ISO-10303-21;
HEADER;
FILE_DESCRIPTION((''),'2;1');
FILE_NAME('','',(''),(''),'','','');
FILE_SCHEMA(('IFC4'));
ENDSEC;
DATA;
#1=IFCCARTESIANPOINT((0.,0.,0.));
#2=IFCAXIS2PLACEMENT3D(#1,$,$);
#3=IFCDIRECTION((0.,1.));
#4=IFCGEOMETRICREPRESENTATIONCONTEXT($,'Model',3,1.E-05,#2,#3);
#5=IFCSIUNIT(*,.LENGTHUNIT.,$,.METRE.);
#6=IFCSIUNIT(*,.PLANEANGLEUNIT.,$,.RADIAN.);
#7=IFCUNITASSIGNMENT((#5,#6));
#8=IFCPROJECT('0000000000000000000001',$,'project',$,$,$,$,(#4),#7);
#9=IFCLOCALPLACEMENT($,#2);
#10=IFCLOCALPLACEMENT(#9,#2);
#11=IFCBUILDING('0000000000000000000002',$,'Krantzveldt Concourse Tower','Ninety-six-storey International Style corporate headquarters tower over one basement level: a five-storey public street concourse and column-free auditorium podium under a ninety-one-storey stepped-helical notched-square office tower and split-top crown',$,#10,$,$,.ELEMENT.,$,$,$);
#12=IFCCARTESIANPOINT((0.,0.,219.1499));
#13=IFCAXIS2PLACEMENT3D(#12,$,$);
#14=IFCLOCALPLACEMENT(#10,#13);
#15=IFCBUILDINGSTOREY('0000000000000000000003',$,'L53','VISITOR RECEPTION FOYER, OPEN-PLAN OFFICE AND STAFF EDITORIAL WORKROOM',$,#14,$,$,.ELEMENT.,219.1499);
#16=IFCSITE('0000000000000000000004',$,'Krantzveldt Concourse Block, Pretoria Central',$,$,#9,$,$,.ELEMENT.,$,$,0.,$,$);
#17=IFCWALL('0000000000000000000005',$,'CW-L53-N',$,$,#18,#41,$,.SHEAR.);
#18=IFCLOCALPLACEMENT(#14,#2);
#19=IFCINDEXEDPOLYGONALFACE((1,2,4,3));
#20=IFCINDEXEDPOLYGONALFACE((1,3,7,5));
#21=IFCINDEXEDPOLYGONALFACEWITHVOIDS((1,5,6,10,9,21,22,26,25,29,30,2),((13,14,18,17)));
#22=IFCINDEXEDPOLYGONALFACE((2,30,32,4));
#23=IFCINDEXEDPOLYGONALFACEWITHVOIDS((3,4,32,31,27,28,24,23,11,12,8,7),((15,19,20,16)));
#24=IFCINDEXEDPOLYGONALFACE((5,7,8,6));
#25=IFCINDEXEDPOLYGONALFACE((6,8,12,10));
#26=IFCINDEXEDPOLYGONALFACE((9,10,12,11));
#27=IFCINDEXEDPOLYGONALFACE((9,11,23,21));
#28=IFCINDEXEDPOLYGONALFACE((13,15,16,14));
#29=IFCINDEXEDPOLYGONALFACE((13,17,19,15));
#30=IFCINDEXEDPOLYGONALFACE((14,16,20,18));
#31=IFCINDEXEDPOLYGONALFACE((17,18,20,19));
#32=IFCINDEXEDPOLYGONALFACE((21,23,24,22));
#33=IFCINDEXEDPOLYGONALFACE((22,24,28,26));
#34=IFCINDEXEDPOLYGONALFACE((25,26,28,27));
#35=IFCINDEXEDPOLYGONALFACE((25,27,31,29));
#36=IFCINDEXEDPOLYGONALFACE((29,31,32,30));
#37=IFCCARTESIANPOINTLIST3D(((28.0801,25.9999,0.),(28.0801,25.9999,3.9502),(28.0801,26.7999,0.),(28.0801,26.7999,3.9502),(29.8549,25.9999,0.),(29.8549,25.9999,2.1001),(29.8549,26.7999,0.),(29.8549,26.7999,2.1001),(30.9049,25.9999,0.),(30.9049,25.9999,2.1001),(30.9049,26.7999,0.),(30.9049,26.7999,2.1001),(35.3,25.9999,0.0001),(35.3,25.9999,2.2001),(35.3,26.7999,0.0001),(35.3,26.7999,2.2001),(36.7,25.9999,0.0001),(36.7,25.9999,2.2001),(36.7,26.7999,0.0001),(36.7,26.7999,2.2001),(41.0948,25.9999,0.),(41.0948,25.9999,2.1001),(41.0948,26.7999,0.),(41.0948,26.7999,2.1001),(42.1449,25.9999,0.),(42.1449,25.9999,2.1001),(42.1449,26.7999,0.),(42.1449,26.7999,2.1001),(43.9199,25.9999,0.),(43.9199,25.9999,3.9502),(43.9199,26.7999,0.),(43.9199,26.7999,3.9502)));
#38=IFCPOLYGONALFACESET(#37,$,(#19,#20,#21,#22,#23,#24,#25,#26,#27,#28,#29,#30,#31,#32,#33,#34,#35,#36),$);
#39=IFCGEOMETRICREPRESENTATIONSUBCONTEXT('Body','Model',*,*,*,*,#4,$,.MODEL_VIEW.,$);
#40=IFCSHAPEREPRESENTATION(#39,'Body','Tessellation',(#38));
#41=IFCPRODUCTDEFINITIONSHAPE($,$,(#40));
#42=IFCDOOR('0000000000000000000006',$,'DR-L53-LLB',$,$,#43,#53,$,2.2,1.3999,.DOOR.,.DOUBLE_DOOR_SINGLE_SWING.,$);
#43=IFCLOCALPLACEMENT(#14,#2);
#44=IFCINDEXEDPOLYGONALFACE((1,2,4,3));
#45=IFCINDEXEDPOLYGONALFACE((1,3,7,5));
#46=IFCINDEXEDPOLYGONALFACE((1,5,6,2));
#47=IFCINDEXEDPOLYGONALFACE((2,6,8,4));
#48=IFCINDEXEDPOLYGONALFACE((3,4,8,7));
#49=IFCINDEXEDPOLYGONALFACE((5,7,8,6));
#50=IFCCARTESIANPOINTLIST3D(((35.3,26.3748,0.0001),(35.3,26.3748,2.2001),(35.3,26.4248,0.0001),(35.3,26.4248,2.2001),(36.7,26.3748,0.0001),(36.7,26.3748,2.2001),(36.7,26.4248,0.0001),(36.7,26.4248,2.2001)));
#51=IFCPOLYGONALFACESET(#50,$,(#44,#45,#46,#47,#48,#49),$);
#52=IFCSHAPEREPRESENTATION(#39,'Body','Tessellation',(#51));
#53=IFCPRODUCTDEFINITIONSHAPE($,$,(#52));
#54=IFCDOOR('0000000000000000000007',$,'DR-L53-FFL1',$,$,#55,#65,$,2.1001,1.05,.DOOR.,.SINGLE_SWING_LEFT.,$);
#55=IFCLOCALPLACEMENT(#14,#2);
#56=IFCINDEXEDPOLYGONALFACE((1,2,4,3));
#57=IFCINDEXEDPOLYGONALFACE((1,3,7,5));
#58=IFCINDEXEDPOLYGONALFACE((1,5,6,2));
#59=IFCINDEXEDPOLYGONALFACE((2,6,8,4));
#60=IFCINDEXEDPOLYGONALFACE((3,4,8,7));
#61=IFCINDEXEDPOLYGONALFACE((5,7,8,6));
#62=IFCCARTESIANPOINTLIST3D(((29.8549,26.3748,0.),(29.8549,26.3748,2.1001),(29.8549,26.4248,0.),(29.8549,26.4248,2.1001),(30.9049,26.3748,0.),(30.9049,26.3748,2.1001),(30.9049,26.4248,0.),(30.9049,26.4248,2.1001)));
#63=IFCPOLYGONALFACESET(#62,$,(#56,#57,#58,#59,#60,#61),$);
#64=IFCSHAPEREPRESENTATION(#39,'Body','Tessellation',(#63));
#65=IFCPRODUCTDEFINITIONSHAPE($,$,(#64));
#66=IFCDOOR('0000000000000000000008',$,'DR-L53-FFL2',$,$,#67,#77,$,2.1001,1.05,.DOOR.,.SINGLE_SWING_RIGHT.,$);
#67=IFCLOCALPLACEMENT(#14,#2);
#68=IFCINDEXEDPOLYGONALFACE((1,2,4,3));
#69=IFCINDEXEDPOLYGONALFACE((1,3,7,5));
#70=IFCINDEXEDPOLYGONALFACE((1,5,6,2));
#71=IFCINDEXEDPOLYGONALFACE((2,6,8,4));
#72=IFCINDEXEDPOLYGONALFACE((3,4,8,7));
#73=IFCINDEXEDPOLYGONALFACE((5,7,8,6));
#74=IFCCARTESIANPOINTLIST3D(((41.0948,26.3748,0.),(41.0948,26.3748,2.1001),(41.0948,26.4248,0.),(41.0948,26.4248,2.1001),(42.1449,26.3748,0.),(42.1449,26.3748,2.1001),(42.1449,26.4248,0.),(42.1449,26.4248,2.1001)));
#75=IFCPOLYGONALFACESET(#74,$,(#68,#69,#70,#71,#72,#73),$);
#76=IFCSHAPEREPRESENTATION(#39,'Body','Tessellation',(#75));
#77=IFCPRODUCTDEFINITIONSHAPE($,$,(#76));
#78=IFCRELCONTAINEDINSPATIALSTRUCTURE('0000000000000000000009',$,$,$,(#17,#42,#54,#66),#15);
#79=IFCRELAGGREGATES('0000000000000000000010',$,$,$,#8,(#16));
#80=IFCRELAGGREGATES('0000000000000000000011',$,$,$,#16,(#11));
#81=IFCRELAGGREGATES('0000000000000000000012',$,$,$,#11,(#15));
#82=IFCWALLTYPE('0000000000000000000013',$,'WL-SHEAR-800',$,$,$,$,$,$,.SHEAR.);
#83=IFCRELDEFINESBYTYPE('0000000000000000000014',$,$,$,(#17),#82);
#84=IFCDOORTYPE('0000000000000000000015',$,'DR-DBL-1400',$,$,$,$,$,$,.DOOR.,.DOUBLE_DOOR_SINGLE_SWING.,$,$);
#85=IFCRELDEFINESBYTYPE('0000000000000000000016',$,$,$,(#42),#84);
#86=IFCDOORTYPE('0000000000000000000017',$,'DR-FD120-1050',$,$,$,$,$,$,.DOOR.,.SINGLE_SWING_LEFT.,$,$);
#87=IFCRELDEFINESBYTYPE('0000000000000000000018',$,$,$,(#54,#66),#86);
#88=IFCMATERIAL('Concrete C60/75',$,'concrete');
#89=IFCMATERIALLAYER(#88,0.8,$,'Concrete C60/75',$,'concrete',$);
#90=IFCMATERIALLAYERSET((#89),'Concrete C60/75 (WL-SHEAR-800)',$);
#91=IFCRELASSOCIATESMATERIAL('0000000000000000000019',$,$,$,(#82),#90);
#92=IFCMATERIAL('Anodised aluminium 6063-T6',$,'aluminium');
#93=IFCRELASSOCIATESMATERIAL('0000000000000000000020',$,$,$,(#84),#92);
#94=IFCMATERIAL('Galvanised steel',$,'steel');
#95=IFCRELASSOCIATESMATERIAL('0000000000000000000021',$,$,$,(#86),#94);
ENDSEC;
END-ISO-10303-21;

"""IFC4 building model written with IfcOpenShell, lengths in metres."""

from ifc_helpers import new_model, si_unit, direction, frame, frame_2d, origin, place, context, subcontext, project, spatial, rectangle, extrude, material, layer, layer_set, type_object, element, fill, save


model = new_model("IFC4")

# Units and contexts
model_context = context("Model", 3, precision=1e-05, world=origin(), true_north=direction((0.0, 1.0)))
body_context = subcontext(model_context, "Body", "Model", "MODEL_VIEW")
ifc_project = project(units=[si_unit("LENGTHUNIT", "METRE"), si_unit("PLANEANGLEUNIT", "RADIAN")], contexts=[model_context])

# Site, building, storey
site_placement = place(None, origin())
site = spatial("IfcSite", under=ifc_project, at=site_placement, Name="Krantzveldt Concourse Block, Pretoria Central", CompositionType="ELEMENT", RefElevation=0.0)
building_placement = place(site_placement, origin())
building = spatial("IfcBuilding", under=site, at=building_placement, Name="Krantzveldt Concourse Tower", Description="Ninety-six-storey International Style corporate headquarters tower over one basement level: a five-storey public street concourse and column-free auditorium podium under a ninety-one-storey stepped-helical notched-square office tower and split-top crown", CompositionType="ELEMENT")
storey_placement = place(building_placement, frame((0.0, 0.0, 219.1499)))
storey = spatial("IfcBuildingStorey", under=building, at=storey_placement, Name="L53", Description="VISITOR RECEPTION FOYER, OPEN-PLAN OFFICE AND STAFF EDITORIAL WORKROOM", CompositionType="ELEMENT", Elevation=219.1499)

# Wall, openings, doors
ifc_material_1 = material(Name="Concrete C60/75", Category="concrete")
ifc_layer_1 = layer(ifc_material_1, 0.8, Name="Concrete C60/75", Category="concrete")
ifc_layer_set_1 = layer_set([ifc_layer_1], Name="Concrete C60/75 (WL-SHEAR-800)")
wall_type_1 = type_object("IfcWallType", Name="WL-SHEAR-800", PredefinedType="SHEAR", material=ifc_layer_set_1)
wall_1_placement = place(storey_placement, frame((28.0801, 26.3999, 0.0), z_axis=(0.0, 0.0, 1.0), x_axis=(1.0, 0.0, 0.0)))
wall_1 = element("IfcWall", 1, at=wall_1_placement, inside=storey, type_object=wall_type_1, Name="CW-L53-N", PredefinedType="SHEAR", context=body_context, shape_type="SweptSolid", body=[
    extrude(rectangle(XDim=15.8398, YDim=0.8, at=frame_2d((7.9199, 0.0))), origin(), (0.0, 0.0, 1.0), 3.9502),
])
opening_1_placement = place(wall_1_placement, frame((7.22, 0.0, 0.0)))
opening_1 = element("IfcOpeningElement", 2, at=opening_1_placement, cuts=wall_1, PredefinedType="OPENING", context=body_context, shape_type="SweptSolid", body=[
    extrude(rectangle(XDim=1.3999, YDim=2.2, at=frame_2d((0.7, 1.1001))), frame((0.0, 0.4102, 0.0), z_axis=(0.0, -1.0, 0.0), x_axis=(1.0, 0.0, 0.0)), (0.0, 0.0, 1.0), 0.8201),
])
opening_2_placement = place(wall_1_placement, frame((1.7749, 0.0, 0.0)))
opening_2 = element("IfcOpeningElement", 3, at=opening_2_placement, cuts=wall_1, PredefinedType="OPENING", context=body_context, shape_type="SweptSolid", body=[
    extrude(rectangle(XDim=1.05, YDim=2.1001, at=frame_2d((0.5249, 1.05))), frame((0.0, 0.4102, 0.0), z_axis=(0.0, -1.0, 0.0), x_axis=(1.0, 0.0, 0.0)), (0.0, 0.0, 1.0), 0.8201),
])
opening_3_placement = place(wall_1_placement, frame((13.0149, 0.0, 0.0)))
opening_3 = element("IfcOpeningElement", 4, at=opening_3_placement, cuts=wall_1, PredefinedType="OPENING", context=body_context, shape_type="SweptSolid", body=[
    extrude(rectangle(XDim=1.05, YDim=2.1001, at=frame_2d((0.5249, 1.05))), frame((0.0, 0.4102, 0.0), z_axis=(0.0, -1.0, 0.0), x_axis=(1.0, 0.0, 0.0)), (0.0, 0.0, 1.0), 0.8201),
])
ifc_material_2 = material(Name="Anodised aluminium 6063-T6", Category="aluminium")
door_type_1 = type_object("IfcDoorType", Name="DR-DBL-1400", OperationType="DOUBLE_DOOR_SINGLE_SWING", PredefinedType="DOOR", material=ifc_material_2)
door_1_placement = place(opening_1_placement, origin())
door_1 = element("IfcDoor", 5, at=door_1_placement, inside=storey, type_object=door_type_1, Name="DR-L53-LLB", OperationType="DOUBLE_DOOR_SINGLE_SWING", OverallHeight=2.2, OverallWidth=1.3999, PredefinedType="DOOR", context=body_context, shape_type="SweptSolid", body=[
    extrude(rectangle(XDim=1.3999, YDim=2.2, at=frame_2d((0.7, 1.1001))), frame((0.0, 0.0249, 0.0), z_axis=(0.0, -1.0, 0.0), x_axis=(1.0, 0.0, 0.0)), (0.0, 0.0, 1.0), 0.05),
])
fill(opening_1, door_1)
ifc_material_3 = material(Name="Galvanised steel", Category="steel")
door_type_2 = type_object("IfcDoorType", Name="DR-FD120-1050", OperationType="SINGLE_SWING_LEFT", PredefinedType="DOOR", material=ifc_material_3)
door_2_placement = place(opening_2_placement, origin())
door_2 = element("IfcDoor", 6, at=door_2_placement, inside=storey, type_object=door_type_2, Name="DR-L53-FFL1", OperationType="SINGLE_SWING_LEFT", OverallHeight=2.1001, OverallWidth=1.05, PredefinedType="DOOR", context=body_context, shape_type="SweptSolid", body=[
    extrude(rectangle(XDim=1.05, YDim=2.1001, at=frame_2d((0.5249, 1.05))), frame((0.0, 0.0249, 0.0), z_axis=(0.0, -1.0, 0.0), x_axis=(1.0, 0.0, 0.0)), (0.0, 0.0, 1.0), 0.05),
])
fill(opening_2, door_2)
door_3_placement = place(opening_3_placement, origin())
door_3 = element("IfcDoor", 7, at=door_3_placement, inside=storey, type_object=door_type_2, Name="DR-L53-FFL2", OperationType="SINGLE_SWING_RIGHT", OverallHeight=2.1001, OverallWidth=1.05, PredefinedType="DOOR", context=body_context, shape_type="SweptSolid", body=[
    extrude(rectangle(XDim=1.05, YDim=2.1001, at=frame_2d((0.5249, 1.05))), frame((0.0, 0.0249, 0.0), z_axis=(0.0, -1.0, 0.0), x_axis=(1.0, 0.0, 0.0)), (0.0, 0.0, 1.0), 0.05),
])
fill(opening_3, door_3)

save(model, "model.ifc")
